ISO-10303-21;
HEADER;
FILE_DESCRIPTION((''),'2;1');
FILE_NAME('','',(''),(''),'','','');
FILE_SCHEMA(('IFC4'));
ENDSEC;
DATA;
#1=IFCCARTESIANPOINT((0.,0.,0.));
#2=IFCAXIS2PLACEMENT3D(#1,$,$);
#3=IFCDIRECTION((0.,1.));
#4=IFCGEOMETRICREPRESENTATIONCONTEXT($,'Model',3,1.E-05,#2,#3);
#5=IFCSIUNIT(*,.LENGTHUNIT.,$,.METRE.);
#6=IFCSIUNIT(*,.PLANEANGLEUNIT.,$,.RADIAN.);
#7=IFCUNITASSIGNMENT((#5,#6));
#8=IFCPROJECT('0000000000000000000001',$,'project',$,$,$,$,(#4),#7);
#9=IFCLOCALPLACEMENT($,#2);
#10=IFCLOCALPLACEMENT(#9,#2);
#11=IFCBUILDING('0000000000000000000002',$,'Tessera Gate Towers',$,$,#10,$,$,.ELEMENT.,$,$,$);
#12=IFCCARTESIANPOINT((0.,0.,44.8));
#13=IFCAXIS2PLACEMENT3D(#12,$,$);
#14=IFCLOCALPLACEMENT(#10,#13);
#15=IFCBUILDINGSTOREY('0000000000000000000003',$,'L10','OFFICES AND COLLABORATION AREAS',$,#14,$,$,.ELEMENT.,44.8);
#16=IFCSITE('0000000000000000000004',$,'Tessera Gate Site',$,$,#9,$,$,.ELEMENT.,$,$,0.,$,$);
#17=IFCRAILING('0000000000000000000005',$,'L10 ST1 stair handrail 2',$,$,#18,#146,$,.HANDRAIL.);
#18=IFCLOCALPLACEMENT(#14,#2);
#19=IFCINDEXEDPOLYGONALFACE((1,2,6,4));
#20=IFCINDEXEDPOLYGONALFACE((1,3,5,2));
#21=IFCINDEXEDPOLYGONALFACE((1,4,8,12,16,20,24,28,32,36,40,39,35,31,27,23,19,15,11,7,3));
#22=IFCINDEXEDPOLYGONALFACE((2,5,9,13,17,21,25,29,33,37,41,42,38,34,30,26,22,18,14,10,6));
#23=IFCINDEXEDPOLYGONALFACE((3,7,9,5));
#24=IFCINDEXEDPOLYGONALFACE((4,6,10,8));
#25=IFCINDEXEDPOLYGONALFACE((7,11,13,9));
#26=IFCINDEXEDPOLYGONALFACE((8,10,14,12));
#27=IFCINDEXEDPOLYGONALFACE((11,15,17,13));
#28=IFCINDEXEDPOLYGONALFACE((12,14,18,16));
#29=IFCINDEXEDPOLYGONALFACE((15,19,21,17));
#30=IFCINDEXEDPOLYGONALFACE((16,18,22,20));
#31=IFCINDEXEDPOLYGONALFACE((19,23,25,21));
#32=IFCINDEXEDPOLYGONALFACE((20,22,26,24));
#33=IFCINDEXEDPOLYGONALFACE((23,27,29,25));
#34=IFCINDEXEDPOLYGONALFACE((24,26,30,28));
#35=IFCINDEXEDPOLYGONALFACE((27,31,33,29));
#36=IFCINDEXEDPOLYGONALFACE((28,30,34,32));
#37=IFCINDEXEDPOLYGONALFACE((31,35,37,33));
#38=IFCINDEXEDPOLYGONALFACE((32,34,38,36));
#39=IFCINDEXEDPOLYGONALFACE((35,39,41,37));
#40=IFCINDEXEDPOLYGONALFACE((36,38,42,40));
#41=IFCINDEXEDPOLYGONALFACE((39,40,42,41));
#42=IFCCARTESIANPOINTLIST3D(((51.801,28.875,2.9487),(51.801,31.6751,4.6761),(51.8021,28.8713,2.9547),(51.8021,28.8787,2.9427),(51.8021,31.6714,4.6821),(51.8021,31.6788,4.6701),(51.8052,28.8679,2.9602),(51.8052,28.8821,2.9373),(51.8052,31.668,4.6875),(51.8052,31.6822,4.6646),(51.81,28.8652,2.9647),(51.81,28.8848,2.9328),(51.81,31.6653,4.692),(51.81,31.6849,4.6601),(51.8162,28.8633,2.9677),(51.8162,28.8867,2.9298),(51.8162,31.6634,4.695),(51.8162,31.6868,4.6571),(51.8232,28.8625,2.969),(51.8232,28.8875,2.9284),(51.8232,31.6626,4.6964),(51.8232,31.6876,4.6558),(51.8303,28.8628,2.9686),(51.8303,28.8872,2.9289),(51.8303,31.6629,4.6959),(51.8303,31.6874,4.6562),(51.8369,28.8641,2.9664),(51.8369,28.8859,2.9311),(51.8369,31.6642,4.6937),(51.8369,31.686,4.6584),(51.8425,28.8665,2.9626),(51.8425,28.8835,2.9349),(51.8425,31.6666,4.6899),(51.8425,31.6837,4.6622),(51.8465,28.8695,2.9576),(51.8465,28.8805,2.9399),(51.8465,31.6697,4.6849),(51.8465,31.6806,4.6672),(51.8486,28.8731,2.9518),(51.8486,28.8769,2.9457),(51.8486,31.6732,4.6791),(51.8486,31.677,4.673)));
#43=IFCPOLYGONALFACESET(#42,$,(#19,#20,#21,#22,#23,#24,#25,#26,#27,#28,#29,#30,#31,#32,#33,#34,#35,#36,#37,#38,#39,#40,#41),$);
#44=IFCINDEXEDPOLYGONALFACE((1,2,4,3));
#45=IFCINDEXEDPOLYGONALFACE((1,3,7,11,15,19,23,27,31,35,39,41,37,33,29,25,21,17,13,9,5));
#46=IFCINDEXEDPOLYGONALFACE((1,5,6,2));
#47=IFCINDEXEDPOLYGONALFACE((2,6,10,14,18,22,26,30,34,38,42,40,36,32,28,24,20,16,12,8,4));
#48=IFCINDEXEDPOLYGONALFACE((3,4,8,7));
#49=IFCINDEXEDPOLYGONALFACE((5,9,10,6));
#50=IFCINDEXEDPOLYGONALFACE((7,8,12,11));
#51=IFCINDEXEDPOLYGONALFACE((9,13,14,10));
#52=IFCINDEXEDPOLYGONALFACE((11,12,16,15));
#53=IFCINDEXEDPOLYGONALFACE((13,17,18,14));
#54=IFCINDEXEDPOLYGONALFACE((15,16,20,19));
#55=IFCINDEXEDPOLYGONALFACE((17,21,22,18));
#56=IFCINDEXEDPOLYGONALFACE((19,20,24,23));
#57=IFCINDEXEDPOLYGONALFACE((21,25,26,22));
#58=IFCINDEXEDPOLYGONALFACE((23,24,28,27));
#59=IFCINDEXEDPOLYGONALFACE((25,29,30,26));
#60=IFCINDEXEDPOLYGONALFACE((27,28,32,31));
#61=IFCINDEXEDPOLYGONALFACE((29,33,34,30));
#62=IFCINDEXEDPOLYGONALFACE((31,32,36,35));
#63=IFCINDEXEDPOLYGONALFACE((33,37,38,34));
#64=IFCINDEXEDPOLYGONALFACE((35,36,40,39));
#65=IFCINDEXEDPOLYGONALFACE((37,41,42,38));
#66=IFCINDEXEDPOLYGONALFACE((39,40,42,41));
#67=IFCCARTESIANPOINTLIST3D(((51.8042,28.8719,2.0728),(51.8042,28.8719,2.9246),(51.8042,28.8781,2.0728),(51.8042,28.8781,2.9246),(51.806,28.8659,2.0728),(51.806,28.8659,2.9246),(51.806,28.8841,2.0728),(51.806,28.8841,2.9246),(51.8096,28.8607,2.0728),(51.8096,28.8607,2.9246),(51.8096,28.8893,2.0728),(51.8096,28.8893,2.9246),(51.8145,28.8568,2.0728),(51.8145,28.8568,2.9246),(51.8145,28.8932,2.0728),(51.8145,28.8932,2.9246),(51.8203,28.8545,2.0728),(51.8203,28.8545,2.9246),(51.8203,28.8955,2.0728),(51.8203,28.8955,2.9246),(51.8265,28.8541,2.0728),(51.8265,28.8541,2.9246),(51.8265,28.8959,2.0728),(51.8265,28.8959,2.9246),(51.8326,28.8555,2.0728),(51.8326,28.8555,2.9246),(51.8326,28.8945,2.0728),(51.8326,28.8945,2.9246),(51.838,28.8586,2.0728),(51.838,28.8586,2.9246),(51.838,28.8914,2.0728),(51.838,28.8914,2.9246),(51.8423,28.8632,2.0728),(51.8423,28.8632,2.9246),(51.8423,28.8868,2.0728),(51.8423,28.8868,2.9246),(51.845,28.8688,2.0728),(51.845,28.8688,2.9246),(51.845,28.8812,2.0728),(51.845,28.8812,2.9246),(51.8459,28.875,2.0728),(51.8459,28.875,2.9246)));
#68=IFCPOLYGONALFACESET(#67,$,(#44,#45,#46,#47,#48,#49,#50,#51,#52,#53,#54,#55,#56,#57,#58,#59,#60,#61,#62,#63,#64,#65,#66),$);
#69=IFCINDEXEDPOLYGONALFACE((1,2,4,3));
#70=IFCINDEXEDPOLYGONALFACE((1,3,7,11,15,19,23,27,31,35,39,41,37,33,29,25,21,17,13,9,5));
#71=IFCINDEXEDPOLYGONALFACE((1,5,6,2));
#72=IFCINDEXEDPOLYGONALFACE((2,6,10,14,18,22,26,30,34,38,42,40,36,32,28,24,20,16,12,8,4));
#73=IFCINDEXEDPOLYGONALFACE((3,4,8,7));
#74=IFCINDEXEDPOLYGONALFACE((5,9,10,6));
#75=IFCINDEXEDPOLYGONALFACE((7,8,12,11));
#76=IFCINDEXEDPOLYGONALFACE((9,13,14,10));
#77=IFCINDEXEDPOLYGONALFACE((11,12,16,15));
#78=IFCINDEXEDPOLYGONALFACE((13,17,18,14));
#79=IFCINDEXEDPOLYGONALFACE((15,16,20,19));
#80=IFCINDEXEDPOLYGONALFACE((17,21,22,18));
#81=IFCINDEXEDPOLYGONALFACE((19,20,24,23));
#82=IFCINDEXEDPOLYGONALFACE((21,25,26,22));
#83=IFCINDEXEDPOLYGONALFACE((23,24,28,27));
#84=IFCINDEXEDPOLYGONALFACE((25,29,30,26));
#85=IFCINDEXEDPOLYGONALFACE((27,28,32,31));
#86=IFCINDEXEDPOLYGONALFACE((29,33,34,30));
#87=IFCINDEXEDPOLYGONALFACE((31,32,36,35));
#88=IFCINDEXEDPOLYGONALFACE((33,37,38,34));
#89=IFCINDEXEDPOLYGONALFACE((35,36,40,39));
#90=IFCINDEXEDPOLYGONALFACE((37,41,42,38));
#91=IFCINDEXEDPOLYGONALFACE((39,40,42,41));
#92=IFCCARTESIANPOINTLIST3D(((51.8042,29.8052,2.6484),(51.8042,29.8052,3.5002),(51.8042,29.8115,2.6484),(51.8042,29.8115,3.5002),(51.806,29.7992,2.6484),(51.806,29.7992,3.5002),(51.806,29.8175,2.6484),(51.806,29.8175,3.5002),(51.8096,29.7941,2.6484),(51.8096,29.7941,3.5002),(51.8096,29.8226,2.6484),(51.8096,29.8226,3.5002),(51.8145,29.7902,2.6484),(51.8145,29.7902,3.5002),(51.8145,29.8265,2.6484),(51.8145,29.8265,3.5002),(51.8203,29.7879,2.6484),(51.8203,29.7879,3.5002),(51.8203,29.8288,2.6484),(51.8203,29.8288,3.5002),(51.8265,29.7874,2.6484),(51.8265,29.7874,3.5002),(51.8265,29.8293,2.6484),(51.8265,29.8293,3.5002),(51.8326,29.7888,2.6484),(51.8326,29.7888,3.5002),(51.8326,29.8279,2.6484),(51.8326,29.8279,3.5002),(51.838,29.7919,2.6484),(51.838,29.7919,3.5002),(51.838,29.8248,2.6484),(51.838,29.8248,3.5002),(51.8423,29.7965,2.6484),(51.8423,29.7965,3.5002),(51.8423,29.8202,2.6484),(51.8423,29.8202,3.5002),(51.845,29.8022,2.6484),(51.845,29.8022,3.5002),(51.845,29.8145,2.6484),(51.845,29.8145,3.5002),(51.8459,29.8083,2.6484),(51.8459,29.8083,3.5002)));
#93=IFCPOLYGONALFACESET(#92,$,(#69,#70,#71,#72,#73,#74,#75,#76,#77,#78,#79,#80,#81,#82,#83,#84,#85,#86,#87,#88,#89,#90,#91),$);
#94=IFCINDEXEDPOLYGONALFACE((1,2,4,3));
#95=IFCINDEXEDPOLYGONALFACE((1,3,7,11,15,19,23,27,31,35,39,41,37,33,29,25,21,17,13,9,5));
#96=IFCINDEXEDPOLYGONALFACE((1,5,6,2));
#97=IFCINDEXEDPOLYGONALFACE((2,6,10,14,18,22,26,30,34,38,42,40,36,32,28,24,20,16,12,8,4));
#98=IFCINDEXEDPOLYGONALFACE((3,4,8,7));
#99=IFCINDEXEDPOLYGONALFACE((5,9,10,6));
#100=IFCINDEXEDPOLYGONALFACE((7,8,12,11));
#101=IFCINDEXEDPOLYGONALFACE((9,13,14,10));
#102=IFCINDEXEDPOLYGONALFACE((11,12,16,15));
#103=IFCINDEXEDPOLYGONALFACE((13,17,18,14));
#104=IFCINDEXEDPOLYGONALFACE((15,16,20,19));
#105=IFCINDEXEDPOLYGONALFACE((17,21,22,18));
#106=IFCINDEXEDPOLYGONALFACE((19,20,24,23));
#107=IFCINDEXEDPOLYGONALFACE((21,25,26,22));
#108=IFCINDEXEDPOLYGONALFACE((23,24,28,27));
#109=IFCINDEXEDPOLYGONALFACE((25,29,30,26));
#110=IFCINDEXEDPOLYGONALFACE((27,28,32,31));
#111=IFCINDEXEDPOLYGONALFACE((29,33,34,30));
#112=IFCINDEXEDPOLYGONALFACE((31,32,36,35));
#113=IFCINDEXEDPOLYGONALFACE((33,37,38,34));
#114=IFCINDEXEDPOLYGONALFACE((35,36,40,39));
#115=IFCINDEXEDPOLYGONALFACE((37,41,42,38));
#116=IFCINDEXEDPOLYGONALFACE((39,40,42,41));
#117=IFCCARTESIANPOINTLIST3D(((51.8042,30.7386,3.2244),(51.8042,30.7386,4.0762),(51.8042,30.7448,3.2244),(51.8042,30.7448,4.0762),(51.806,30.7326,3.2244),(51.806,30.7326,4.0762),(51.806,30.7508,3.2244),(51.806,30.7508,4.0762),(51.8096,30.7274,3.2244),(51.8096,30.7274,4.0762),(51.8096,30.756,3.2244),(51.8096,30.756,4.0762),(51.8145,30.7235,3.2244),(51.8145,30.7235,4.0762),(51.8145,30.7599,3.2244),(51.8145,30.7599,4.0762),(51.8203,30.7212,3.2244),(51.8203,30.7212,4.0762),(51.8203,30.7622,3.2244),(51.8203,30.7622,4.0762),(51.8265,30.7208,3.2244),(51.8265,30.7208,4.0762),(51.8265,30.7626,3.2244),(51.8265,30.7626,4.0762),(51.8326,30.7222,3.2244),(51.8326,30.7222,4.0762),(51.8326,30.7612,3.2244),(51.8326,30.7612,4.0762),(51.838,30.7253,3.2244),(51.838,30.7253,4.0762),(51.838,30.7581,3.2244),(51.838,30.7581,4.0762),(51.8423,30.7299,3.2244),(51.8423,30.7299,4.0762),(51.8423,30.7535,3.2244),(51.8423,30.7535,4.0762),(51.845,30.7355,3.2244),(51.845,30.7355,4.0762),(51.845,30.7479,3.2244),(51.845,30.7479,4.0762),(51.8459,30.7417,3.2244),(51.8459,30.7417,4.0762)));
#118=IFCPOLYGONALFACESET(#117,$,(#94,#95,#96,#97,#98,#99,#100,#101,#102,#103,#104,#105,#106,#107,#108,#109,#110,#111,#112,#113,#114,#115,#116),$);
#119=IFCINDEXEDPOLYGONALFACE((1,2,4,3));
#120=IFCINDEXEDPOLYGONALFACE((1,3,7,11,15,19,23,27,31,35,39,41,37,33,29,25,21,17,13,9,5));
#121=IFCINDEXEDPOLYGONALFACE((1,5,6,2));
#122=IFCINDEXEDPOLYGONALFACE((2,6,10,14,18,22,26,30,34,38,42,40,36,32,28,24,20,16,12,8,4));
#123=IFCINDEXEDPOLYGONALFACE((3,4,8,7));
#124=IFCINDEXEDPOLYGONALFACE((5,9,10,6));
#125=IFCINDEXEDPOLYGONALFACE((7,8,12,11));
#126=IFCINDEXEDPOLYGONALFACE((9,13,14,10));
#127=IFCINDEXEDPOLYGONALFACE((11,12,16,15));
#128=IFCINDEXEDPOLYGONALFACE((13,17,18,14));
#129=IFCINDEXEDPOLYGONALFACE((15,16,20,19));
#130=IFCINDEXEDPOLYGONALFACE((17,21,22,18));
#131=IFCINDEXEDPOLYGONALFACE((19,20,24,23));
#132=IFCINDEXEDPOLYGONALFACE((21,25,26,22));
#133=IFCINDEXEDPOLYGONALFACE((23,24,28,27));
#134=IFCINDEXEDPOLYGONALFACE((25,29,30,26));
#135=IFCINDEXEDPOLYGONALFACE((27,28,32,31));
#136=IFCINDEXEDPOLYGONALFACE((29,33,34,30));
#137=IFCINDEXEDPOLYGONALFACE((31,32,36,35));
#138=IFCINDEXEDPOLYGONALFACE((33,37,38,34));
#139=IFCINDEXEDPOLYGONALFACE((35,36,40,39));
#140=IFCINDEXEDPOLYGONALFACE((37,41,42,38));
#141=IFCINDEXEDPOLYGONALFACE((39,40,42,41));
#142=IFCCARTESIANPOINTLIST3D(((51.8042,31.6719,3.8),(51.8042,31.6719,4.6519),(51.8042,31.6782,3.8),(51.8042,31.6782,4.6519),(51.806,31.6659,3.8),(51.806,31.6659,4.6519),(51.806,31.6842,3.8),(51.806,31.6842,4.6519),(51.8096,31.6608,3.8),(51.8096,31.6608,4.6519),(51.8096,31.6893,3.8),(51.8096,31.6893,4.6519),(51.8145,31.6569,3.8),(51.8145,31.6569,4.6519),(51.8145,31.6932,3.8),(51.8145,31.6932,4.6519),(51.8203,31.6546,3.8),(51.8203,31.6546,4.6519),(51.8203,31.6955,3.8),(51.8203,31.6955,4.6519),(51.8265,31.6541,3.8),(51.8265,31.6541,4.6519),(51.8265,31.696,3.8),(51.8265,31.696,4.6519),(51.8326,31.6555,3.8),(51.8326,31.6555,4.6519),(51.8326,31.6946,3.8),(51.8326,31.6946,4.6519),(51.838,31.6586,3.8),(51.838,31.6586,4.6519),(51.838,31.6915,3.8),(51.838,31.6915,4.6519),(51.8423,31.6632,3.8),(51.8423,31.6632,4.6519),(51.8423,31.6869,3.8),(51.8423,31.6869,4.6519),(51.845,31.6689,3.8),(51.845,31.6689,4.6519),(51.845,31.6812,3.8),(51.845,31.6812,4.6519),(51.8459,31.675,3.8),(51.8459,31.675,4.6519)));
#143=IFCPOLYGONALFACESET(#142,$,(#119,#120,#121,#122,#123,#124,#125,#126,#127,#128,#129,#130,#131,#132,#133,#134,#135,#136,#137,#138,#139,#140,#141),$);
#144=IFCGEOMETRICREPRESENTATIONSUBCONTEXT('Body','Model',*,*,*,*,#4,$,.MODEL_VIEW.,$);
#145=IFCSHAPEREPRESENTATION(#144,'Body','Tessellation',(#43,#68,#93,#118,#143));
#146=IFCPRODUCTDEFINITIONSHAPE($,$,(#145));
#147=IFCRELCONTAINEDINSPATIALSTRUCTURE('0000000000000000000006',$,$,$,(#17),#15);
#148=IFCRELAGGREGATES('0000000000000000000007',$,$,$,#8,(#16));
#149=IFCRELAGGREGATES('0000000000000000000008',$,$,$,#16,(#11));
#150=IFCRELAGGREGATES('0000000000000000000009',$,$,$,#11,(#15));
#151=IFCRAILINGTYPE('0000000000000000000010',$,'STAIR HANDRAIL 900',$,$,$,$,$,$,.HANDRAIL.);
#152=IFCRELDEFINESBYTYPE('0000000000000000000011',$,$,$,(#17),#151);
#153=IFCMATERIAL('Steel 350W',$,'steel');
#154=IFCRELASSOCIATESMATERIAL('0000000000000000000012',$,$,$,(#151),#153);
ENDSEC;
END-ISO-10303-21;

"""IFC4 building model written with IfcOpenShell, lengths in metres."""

from ifc_helpers import new_model, si_unit, direction, frame, origin, origin_2d, place, context, subcontext, project, spatial, circle, extrude, material, type_object, element, save


model = new_model("IFC4")

# Units and contexts
model_context = context("Model", 3, precision=1e-05, world=origin(), true_north=direction((0.0, 1.0)))
body_context = subcontext(model_context, "Body", "Model", "MODEL_VIEW")
ifc_project = project(units=[si_unit("LENGTHUNIT", "METRE"), si_unit("PLANEANGLEUNIT", "RADIAN")], contexts=[model_context])

# Site, building, storey
site_placement = place(None, origin())
site = spatial("IfcSite", under=ifc_project, at=site_placement, Name="Tessera Gate Site", CompositionType="ELEMENT", RefElevation=0.0)
building_placement = place(site_placement, origin())
building = spatial("IfcBuilding", under=site, at=building_placement, Name="Tessera Gate Towers", CompositionType="ELEMENT")
storey_placement = place(building_placement, frame((0.0, 0.0, 44.8)))
storey = spatial("IfcBuildingStorey", under=building, at=storey_placement, Name="L10", Description="OFFICES AND COLLABORATION AREAS", CompositionType="ELEMENT", Elevation=44.8)

# Railing
ifc_material_1 = material(Name="Steel 350W", Category="steel")
railing_type_1 = type_object("IfcRailingType", Name="STAIR HANDRAIL 900", PredefinedType="HANDRAIL", material=ifc_material_1)
railing_1_placement = place(storey_placement, frame((51.825, 28.875, 2.0728)))
element("IfcRailing", 1, at=railing_1_placement, inside=storey, type_object=railing_type_1, Name="L10 ST1 stair handrail 2", PredefinedType="HANDRAIL", context=body_context, shape_type="SweptSolid", body=[
    extrude(circle(Radius=0.0239, at=origin_2d()), frame((0.0, 0.0, 0.876), z_axis=(0.0, 0.85109, 0.52502), x_axis=(-1.0, 0.0, 0.0)), (0.0, 0.0, 1.0), 3.29),
    extrude(circle(Radius=0.021, at=origin_2d()), origin(), (0.0, 0.0, 1.0), 0.8518),
    extrude(circle(Radius=0.021, at=origin_2d()), frame((0.0, 0.9333, 0.5757)), (0.0, 0.0, 1.0), 0.8518),
    extrude(circle(Radius=0.021, at=origin_2d()), frame((0.0, 1.8667, 1.1516)), (0.0, 0.0, 1.0), 0.8518),
    extrude(circle(Radius=0.021, at=origin_2d()), frame((0.0, 2.8, 1.7273)), (0.0, 0.0, 1.0), 0.8518),
])

save(model, "model.ifc")
